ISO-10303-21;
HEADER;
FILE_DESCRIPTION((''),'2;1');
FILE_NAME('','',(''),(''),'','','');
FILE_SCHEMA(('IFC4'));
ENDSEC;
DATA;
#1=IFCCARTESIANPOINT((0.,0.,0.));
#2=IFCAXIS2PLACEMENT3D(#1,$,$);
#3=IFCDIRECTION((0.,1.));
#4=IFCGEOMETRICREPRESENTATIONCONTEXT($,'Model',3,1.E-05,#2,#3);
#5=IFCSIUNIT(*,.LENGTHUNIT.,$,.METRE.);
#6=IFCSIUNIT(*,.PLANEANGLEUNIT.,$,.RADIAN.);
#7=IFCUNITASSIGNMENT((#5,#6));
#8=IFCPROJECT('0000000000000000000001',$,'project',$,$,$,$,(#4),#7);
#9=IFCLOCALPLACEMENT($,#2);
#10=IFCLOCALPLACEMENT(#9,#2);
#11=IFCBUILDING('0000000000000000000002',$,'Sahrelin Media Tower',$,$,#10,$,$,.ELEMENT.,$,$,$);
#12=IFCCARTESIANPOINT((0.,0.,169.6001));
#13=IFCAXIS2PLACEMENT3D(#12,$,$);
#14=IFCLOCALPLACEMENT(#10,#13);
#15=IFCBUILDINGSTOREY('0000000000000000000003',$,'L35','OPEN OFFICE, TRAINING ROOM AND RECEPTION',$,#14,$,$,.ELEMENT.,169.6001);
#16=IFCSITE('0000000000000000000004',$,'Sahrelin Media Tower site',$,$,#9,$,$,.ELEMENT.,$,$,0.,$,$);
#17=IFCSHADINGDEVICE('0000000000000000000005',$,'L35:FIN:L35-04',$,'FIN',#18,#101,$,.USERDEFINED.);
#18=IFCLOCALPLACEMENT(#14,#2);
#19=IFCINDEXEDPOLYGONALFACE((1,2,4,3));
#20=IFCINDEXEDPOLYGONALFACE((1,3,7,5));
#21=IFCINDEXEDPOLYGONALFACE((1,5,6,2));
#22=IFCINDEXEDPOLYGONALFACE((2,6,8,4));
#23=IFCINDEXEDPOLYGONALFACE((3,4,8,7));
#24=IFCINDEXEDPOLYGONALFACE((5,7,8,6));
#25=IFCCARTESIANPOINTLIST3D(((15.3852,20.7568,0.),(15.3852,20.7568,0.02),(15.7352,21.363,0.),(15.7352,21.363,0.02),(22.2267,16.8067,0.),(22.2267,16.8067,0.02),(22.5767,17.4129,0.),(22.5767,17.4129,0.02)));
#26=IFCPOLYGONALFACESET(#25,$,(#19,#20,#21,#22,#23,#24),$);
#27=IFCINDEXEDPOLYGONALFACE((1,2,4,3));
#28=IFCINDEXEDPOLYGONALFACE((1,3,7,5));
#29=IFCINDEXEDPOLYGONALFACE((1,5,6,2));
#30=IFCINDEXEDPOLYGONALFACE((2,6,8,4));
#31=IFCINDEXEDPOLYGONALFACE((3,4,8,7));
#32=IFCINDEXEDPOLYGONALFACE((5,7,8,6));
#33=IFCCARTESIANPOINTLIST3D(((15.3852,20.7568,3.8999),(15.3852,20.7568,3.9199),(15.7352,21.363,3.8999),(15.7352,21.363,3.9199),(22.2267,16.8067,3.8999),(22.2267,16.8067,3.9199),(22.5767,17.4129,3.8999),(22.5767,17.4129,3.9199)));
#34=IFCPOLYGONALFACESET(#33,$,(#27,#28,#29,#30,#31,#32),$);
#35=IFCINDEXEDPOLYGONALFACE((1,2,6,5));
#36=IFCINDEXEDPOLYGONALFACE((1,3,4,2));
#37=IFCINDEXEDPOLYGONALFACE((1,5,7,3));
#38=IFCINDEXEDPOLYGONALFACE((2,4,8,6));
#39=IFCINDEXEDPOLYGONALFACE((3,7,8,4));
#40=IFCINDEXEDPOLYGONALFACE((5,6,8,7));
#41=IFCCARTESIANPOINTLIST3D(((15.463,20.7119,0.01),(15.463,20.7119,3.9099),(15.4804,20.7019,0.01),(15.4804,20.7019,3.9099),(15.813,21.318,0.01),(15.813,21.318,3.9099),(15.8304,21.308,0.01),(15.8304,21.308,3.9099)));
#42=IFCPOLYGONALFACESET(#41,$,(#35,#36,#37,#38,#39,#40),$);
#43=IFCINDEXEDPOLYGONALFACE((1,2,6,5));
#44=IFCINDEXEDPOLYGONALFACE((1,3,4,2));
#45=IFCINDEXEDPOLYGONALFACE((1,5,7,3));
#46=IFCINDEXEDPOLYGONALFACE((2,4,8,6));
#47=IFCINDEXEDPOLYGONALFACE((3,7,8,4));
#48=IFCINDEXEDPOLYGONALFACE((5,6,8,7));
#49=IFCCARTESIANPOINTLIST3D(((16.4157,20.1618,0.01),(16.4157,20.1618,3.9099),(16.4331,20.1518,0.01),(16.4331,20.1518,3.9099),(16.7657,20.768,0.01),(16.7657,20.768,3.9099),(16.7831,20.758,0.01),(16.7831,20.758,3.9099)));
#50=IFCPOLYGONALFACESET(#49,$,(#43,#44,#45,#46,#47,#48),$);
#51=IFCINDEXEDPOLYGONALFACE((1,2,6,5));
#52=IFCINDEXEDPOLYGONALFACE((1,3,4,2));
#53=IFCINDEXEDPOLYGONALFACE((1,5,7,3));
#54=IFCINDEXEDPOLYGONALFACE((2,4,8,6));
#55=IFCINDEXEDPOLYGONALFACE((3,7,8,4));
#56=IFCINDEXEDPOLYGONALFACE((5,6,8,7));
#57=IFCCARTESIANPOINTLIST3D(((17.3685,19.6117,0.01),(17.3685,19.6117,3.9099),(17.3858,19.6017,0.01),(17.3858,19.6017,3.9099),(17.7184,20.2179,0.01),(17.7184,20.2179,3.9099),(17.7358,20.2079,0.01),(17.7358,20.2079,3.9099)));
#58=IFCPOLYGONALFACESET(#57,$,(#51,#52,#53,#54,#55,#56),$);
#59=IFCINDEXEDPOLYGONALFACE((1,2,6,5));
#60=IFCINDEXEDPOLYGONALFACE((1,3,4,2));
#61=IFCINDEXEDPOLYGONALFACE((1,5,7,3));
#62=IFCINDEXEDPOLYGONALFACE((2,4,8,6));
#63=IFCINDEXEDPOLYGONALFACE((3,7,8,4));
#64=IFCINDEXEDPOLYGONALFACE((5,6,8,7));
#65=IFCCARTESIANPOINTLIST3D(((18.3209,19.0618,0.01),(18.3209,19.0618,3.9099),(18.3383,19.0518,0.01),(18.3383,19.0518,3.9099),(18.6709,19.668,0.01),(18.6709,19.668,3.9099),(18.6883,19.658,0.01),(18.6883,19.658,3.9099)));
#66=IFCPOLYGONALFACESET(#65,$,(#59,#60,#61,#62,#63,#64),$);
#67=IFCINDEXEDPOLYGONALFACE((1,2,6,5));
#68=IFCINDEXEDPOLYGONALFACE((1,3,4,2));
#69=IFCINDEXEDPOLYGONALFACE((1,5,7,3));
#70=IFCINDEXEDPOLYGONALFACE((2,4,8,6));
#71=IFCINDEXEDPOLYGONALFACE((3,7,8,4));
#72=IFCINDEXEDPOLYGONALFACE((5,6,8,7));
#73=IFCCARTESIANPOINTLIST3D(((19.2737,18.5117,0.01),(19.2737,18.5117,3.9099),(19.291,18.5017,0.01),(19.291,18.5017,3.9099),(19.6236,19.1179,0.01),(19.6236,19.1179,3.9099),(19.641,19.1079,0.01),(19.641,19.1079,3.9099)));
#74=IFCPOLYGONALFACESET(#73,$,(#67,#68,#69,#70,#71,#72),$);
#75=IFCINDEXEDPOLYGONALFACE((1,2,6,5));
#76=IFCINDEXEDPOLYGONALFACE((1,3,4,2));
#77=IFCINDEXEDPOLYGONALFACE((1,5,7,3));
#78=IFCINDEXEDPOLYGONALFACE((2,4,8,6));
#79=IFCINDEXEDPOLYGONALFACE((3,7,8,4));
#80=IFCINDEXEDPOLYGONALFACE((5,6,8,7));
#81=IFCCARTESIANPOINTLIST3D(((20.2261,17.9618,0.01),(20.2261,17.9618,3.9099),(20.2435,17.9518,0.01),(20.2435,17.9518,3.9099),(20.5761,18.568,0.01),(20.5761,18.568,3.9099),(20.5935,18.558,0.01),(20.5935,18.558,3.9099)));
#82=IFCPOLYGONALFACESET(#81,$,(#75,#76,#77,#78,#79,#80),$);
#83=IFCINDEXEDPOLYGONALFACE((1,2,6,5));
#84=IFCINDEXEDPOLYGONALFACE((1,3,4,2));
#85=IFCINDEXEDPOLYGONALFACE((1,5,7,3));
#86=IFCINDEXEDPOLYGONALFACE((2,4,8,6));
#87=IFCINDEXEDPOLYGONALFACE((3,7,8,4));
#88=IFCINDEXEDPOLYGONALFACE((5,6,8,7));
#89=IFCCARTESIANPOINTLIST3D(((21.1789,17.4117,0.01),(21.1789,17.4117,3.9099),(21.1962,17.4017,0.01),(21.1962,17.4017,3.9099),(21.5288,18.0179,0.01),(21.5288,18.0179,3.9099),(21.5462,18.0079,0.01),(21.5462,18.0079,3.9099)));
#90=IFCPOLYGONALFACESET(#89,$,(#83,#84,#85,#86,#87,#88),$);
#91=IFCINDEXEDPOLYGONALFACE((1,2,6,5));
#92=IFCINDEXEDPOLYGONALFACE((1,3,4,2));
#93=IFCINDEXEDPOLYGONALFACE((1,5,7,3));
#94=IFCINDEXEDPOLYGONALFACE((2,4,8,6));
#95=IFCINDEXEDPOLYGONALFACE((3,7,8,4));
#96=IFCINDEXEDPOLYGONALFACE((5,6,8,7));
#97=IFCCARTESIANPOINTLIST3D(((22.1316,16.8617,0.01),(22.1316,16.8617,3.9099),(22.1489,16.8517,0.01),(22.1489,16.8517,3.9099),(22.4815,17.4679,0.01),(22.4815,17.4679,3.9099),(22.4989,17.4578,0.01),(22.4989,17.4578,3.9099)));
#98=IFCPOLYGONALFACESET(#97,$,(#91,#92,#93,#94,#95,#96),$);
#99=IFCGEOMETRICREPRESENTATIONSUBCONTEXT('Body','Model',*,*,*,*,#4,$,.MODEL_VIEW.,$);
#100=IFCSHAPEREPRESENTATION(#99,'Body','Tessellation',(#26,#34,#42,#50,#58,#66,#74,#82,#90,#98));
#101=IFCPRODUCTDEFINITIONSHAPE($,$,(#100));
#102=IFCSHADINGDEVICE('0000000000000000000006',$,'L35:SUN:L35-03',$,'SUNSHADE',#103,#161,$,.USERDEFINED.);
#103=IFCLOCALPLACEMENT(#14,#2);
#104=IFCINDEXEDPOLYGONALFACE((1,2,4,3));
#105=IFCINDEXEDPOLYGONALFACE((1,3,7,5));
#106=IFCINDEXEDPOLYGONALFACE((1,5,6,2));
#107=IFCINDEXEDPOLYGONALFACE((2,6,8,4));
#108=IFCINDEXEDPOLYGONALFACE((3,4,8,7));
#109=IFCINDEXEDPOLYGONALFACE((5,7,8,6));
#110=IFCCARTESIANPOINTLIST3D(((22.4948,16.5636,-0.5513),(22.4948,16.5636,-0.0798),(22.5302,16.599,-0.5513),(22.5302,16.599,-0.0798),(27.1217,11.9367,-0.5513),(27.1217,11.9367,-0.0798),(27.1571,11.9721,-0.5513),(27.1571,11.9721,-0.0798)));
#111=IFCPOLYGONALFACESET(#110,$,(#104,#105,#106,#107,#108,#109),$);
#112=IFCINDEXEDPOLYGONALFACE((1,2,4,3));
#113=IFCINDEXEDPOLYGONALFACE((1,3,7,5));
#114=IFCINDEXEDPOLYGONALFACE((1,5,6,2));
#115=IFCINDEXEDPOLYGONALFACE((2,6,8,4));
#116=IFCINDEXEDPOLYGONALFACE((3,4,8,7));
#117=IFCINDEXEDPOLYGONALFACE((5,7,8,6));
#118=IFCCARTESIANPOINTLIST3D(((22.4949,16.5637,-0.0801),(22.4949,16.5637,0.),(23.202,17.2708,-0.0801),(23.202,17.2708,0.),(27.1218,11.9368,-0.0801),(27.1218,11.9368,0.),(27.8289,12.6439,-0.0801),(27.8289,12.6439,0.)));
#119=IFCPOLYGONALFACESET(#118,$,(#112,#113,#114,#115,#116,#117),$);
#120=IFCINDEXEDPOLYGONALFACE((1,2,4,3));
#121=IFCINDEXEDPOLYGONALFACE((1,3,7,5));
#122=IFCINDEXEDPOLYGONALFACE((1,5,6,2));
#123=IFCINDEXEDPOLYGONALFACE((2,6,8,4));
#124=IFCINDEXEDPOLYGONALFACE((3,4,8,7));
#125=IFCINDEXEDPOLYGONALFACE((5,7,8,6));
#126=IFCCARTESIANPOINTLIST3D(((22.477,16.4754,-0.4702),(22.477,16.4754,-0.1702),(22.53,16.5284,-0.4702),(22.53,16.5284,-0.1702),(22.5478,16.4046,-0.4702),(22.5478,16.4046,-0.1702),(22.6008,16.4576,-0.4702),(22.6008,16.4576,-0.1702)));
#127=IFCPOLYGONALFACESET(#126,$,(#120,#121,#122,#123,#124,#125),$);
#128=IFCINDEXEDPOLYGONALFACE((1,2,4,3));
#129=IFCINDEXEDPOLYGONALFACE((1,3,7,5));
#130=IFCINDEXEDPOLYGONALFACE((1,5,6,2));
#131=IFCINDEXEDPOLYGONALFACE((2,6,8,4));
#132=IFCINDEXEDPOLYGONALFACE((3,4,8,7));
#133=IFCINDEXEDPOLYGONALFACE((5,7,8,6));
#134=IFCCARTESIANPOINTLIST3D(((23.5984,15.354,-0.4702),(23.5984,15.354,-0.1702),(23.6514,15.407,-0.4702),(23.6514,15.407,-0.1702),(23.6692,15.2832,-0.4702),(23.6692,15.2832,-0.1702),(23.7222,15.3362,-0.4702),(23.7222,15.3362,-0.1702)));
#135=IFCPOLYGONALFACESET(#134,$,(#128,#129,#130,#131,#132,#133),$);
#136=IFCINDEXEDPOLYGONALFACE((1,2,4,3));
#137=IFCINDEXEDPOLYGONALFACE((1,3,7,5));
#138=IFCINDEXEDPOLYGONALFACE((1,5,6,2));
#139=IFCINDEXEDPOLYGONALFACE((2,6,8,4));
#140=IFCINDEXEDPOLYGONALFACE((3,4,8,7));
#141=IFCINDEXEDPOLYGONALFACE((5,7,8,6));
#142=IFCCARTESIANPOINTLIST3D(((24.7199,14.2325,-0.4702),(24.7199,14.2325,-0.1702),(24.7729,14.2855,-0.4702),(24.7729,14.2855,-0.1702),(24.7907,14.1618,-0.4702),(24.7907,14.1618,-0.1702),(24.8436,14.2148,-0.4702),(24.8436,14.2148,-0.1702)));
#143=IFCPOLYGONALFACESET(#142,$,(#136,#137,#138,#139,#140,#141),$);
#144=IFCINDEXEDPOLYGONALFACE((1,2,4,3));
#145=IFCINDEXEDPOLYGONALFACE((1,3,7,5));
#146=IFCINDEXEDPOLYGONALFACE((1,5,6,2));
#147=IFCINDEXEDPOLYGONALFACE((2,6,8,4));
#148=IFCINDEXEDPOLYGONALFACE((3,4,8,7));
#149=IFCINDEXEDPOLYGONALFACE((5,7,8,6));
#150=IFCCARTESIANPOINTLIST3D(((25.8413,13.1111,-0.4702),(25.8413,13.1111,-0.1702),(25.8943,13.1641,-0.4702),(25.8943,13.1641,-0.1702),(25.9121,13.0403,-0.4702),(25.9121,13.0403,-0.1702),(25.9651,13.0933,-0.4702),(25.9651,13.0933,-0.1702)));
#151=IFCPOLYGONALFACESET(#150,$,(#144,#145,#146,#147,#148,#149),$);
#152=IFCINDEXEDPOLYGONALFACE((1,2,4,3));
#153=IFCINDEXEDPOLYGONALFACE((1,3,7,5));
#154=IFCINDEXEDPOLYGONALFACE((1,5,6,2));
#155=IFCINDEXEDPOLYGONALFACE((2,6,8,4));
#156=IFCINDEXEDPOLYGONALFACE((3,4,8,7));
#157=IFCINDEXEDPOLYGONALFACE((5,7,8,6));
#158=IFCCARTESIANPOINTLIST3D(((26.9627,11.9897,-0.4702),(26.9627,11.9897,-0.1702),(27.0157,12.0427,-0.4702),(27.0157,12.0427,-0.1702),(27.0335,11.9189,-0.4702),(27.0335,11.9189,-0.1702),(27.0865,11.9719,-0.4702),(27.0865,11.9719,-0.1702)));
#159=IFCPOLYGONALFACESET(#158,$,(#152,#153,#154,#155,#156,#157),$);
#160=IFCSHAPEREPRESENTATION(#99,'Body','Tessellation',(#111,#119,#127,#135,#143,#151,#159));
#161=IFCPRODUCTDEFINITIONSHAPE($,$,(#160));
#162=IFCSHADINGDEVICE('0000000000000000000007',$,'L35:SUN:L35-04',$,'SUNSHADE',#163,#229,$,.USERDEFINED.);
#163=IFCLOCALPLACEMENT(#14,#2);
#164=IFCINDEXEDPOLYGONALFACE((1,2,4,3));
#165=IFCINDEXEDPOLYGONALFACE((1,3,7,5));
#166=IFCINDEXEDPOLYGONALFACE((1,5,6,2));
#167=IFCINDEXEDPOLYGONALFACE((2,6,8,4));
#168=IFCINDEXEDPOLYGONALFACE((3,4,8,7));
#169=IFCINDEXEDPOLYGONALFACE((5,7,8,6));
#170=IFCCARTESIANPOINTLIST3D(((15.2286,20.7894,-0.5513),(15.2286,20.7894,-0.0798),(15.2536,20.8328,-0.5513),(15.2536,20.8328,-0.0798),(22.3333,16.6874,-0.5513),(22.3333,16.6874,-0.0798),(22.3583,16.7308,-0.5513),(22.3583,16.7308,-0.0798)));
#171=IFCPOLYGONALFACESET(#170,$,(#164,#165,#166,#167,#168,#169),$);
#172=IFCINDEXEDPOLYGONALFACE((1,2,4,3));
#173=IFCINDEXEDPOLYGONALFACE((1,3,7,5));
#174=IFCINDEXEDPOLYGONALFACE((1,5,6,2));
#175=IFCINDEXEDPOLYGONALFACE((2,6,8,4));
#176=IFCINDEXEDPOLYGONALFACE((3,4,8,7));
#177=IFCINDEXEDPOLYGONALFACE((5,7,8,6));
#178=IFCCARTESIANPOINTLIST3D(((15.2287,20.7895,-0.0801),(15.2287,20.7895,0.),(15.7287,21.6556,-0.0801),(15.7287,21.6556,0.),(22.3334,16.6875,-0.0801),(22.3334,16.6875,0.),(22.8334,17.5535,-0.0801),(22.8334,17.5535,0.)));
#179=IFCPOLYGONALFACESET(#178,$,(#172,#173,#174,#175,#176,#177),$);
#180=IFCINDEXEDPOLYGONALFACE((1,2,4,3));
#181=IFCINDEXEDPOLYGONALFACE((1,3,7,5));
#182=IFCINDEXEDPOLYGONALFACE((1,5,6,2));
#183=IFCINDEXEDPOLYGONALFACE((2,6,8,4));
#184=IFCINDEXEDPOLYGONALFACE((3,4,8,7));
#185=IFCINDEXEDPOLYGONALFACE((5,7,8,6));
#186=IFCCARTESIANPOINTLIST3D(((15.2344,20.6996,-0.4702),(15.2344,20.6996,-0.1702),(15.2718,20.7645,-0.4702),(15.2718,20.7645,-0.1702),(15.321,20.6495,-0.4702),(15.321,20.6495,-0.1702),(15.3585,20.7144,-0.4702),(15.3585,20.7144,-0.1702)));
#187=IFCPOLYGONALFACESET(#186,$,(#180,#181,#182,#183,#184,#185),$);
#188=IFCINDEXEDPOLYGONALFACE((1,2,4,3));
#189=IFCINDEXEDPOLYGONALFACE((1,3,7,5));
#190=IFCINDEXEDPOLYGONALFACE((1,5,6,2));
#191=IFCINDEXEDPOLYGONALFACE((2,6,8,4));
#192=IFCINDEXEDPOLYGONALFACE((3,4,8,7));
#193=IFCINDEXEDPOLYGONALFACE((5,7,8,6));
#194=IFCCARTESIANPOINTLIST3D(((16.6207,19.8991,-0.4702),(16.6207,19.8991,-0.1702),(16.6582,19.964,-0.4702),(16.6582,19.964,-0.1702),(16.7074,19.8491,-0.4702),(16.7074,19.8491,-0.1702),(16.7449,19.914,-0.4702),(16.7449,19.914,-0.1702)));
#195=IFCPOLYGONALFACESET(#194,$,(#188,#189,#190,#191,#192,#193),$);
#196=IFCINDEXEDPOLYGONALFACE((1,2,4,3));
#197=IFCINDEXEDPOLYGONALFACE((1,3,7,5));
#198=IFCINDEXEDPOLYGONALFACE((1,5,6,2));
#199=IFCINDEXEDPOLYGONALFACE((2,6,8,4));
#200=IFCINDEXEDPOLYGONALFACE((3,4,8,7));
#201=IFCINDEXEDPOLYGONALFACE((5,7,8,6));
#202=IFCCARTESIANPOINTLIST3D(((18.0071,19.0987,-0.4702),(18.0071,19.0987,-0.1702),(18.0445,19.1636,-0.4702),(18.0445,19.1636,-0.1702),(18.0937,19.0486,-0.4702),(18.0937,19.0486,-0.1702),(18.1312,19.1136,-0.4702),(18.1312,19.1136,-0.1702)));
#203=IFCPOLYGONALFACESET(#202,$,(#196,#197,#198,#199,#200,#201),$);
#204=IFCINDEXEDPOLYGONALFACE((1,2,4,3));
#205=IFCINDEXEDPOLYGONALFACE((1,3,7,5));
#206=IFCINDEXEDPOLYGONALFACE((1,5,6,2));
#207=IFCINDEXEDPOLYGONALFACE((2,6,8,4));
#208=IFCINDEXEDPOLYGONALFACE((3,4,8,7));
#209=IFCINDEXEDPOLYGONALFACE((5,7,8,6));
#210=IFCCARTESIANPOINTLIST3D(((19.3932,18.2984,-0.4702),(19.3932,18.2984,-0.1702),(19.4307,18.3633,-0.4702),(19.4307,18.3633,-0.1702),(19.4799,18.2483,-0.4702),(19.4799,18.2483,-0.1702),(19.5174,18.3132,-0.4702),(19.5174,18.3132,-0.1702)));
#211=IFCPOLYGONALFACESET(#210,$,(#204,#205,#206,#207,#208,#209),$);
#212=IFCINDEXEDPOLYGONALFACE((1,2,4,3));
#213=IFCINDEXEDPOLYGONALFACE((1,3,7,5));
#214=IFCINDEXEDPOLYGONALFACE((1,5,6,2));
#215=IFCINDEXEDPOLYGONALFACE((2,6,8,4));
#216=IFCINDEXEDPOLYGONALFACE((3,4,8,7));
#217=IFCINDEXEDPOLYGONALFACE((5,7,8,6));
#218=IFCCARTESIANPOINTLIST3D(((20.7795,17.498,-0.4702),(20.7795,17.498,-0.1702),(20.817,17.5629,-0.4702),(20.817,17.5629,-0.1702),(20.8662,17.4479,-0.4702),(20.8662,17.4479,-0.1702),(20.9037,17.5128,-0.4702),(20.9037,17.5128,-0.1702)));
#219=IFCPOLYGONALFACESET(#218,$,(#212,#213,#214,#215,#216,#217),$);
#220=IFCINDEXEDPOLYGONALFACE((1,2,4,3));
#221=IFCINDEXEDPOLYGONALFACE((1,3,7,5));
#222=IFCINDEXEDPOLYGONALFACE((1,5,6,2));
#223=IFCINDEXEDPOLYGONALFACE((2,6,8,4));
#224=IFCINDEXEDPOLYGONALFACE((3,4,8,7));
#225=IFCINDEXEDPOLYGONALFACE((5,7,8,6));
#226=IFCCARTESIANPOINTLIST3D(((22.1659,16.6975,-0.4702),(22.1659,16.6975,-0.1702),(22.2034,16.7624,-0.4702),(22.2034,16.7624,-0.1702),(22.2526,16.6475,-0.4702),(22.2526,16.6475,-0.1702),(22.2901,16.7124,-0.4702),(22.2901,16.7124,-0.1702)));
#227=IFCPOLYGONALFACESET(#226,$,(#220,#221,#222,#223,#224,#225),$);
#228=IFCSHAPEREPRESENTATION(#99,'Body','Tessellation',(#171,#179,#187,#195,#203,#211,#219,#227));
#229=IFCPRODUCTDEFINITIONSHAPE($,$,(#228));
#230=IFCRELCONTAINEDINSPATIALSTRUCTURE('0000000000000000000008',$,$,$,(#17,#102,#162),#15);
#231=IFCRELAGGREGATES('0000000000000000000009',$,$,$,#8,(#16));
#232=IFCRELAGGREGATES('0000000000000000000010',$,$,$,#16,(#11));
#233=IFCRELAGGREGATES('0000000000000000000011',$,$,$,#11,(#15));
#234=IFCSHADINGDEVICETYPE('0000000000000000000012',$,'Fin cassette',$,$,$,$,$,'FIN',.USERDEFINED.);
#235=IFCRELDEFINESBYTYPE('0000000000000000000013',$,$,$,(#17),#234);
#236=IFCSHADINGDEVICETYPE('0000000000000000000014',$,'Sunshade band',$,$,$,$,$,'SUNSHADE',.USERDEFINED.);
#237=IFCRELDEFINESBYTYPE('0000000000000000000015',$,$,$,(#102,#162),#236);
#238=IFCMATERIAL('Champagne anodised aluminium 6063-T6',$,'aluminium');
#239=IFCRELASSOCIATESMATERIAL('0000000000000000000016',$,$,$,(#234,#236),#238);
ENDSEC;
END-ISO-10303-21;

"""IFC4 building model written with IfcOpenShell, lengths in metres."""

from ifc_helpers import new_model, si_unit, direction, frame, origin, origin_2d, place, context, subcontext, project, spatial, rectangle, extrude, material, type_object, element, save


model = new_model("IFC4")

# Units and contexts
model_context = context("Model", 3, precision=1e-05, world=origin(), true_north=direction((0.0, 1.0)))
body_context = subcontext(model_context, "Body", "Model", "MODEL_VIEW")
ifc_project = project(units=[si_unit("LENGTHUNIT", "METRE"), si_unit("PLANEANGLEUNIT", "RADIAN")], contexts=[model_context])

# Site, building, storey
site_placement = place(None, origin())
site = spatial("IfcSite", under=ifc_project, at=site_placement, Name="Sahrelin Media Tower site", CompositionType="ELEMENT", RefElevation=0.0)
building_placement = place(site_placement, origin())
building = spatial("IfcBuilding", under=site, at=building_placement, Name="Sahrelin Media Tower", CompositionType="ELEMENT")
storey_placement = place(building_placement, frame((0.0, 0.0, 169.6001)))
storey = spatial("IfcBuildingStorey", under=building, at=storey_placement, Name="L35", Description="OPEN OFFICE, TRAINING ROOM AND RECEPTION", CompositionType="ELEMENT", Elevation=169.6001)

# Shared definitions
ifc_material_1 = material(Name="Champagne anodised aluminium 6063-T6", Category="aluminium")

# Shading devices
shading_device_type_1 = type_object("IfcShadingDeviceType", Name="Fin cassette", ElementType="FIN", PredefinedType="USERDEFINED", material=ifc_material_1)
placement_1 = place(storey_placement, frame((24.7942, 14.2361, 0.0), z_axis=(0.0, 0.0, 1.0), x_axis=(0.707107, -0.707107, 0.0)))
placement_2 = place(storey_placement, frame((18.771, 18.7212, 0.0), z_axis=(0.0, 0.0, 1.0), x_axis=(0.866019, -0.500011, 0.0)))
element("IfcShadingDevice", 1, at=placement_2, inside=storey, type_object=shading_device_type_1, Name="L35:FIN:L35-04", ObjectType="FIN", PredefinedType="USERDEFINED", context=body_context, shape_type="SweptSolid", body=[
    extrude(rectangle(XDim=7.8999, YDim=0.7, at=origin_2d()), frame((0.0, 0.4199, 0.0)), (0.0, 0.0, 1.0), 0.02),
    extrude(rectangle(XDim=7.8999, YDim=0.7, at=origin_2d()), frame((0.0, 0.4199, 3.8999)), (0.0, 0.0, 1.0), 0.02),
    extrude(rectangle(XDim=0.02, YDim=0.7, at=origin_2d()), frame((-3.8501, 0.4199, 0.01), z_axis=(0.0, 0.0, 1.0), x_axis=(1.0, 0.0, 0.0)), (0.0, 0.0, 1.0), 3.8999),
    extrude(rectangle(XDim=0.02, YDim=0.7, at=origin_2d()), frame((-2.75, 0.4199, 0.01), z_axis=(0.0, 0.0, 1.0), x_axis=(1.0, 0.0, 0.0)), (0.0, 0.0, 1.0), 3.8999),
    extrude(rectangle(XDim=0.02, YDim=0.7, at=origin_2d()), frame((-1.6499, 0.4199, 0.01), z_axis=(0.0, 0.0, 1.0), x_axis=(1.0, 0.0, 0.0)), (0.0, 0.0, 1.0), 3.8999),
    extrude(rectangle(XDim=0.02, YDim=0.7, at=origin_2d()), frame((-0.55, 0.4199, 0.01), z_axis=(0.0, 0.0, 1.0), x_axis=(1.0, 0.0, 0.0)), (0.0, 0.0, 1.0), 3.8999),
    extrude(rectangle(XDim=0.02, YDim=0.7, at=origin_2d()), frame((0.55, 0.4199, 0.01), z_axis=(0.0, 0.0, 1.0), x_axis=(1.0, 0.0, 0.0)), (0.0, 0.0, 1.0), 3.8999),
    extrude(rectangle(XDim=0.02, YDim=0.7, at=origin_2d()), frame((1.6499, 0.4199, 0.01), z_axis=(0.0, 0.0, 1.0), x_axis=(1.0, 0.0, 0.0)), (0.0, 0.0, 1.0), 3.8999),
    extrude(rectangle(XDim=0.02, YDim=0.7, at=origin_2d()), frame((2.75, 0.4199, 0.01), z_axis=(0.0, 0.0, 1.0), x_axis=(1.0, 0.0, 0.0)), (0.0, 0.0, 1.0), 3.8999),
    extrude(rectangle(XDim=0.02, YDim=0.7, at=origin_2d()), frame((3.8501, 0.4199, 0.01), z_axis=(0.0, 0.0, 1.0), x_axis=(1.0, 0.0, 0.0)), (0.0, 0.0, 1.0), 3.8999),
])
shading_device_type_2 = type_object("IfcShadingDeviceType", Name="Sunshade band", ElementType="SUNSHADE", PredefinedType="USERDEFINED", material=ifc_material_1)
element("IfcShadingDevice", 2, at=placement_1, inside=storey, type_object=shading_device_type_2, Name="L35:SUN:L35-03", ObjectType="SUNSHADE", PredefinedType="USERDEFINED", context=body_context, shape_type="SweptSolid", body=[
    extrude(rectangle(XDim=6.5435, YDim=0.05, at=origin_2d()), frame((0.0, 0.0449, -0.5513)), (0.0, 0.0, 1.0), 0.4714),
    extrude(rectangle(XDim=6.5435, YDim=1.0, at=origin_2d()), frame((0.0, 0.52, -0.0801)), (0.0, 0.0, 1.0), 0.0801),
    extrude(rectangle(XDim=0.1001, YDim=0.075, at=origin_2d()), frame((-3.1719, -0.0176, -0.4702)), (0.0, 0.0, 1.0), 0.3),
    extrude(rectangle(XDim=0.1001, YDim=0.075, at=origin_2d()), frame((-1.5859, -0.0176, -0.4702)), (0.0, 0.0, 1.0), 0.3),
    extrude(rectangle(XDim=0.1001, YDim=0.075, at=origin_2d()), frame((0.0, -0.0176, -0.4702)), (0.0, 0.0, 1.0), 0.3),
    extrude(rectangle(XDim=0.1001, YDim=0.075, at=origin_2d()), frame((1.5859, -0.0176, -0.4702)), (0.0, 0.0, 1.0), 0.3),
    extrude(rectangle(XDim=0.1001, YDim=0.075, at=origin_2d()), frame((3.1719, -0.0176, -0.4702)), (0.0, 0.0, 1.0), 0.3),
])
element("IfcShadingDevice", 3, at=placement_2, inside=storey, type_object=shading_device_type_2, Name="L35:SUN:L35-04", ObjectType="SUNSHADE", PredefinedType="USERDEFINED", context=body_context, shape_type="SweptSolid", body=[
    extrude(rectangle(XDim=8.2039, YDim=0.05, at=origin_2d()), frame((0.0, 0.0449, -0.5513)), (0.0, 0.0, 1.0), 0.4714),
    extrude(rectangle(XDim=8.2039, YDim=1.0, at=origin_2d()), frame((0.0, 0.52, -0.0801)), (0.0, 0.0, 1.0), 0.0801),
    extrude(rectangle(XDim=0.1001, YDim=0.075, at=origin_2d()), frame((-4.002, -0.0176, -0.4702)), (0.0, 0.0, 1.0), 0.3),
    extrude(rectangle(XDim=0.1001, YDim=0.075, at=origin_2d()), frame((-2.4011, -0.0176, -0.4702)), (0.0, 0.0, 1.0), 0.3),
    extrude(rectangle(XDim=0.1001, YDim=0.075, at=origin_2d()), frame((-0.8003, -0.0176, -0.4702)), (0.0, 0.0, 1.0), 0.3),
    extrude(rectangle(XDim=0.1001, YDim=0.075, at=origin_2d()), frame((0.8003, -0.0176, -0.4702)), (0.0, 0.0, 1.0), 0.3),
    extrude(rectangle(XDim=0.1001, YDim=0.075, at=origin_2d()), frame((2.4011, -0.0176, -0.4702)), (0.0, 0.0, 1.0), 0.3),
    extrude(rectangle(XDim=0.1001, YDim=0.075, at=origin_2d()), frame((4.002, -0.0176, -0.4702)), (0.0, 0.0, 1.0), 0.3),
])

save(model, "model.ifc")
